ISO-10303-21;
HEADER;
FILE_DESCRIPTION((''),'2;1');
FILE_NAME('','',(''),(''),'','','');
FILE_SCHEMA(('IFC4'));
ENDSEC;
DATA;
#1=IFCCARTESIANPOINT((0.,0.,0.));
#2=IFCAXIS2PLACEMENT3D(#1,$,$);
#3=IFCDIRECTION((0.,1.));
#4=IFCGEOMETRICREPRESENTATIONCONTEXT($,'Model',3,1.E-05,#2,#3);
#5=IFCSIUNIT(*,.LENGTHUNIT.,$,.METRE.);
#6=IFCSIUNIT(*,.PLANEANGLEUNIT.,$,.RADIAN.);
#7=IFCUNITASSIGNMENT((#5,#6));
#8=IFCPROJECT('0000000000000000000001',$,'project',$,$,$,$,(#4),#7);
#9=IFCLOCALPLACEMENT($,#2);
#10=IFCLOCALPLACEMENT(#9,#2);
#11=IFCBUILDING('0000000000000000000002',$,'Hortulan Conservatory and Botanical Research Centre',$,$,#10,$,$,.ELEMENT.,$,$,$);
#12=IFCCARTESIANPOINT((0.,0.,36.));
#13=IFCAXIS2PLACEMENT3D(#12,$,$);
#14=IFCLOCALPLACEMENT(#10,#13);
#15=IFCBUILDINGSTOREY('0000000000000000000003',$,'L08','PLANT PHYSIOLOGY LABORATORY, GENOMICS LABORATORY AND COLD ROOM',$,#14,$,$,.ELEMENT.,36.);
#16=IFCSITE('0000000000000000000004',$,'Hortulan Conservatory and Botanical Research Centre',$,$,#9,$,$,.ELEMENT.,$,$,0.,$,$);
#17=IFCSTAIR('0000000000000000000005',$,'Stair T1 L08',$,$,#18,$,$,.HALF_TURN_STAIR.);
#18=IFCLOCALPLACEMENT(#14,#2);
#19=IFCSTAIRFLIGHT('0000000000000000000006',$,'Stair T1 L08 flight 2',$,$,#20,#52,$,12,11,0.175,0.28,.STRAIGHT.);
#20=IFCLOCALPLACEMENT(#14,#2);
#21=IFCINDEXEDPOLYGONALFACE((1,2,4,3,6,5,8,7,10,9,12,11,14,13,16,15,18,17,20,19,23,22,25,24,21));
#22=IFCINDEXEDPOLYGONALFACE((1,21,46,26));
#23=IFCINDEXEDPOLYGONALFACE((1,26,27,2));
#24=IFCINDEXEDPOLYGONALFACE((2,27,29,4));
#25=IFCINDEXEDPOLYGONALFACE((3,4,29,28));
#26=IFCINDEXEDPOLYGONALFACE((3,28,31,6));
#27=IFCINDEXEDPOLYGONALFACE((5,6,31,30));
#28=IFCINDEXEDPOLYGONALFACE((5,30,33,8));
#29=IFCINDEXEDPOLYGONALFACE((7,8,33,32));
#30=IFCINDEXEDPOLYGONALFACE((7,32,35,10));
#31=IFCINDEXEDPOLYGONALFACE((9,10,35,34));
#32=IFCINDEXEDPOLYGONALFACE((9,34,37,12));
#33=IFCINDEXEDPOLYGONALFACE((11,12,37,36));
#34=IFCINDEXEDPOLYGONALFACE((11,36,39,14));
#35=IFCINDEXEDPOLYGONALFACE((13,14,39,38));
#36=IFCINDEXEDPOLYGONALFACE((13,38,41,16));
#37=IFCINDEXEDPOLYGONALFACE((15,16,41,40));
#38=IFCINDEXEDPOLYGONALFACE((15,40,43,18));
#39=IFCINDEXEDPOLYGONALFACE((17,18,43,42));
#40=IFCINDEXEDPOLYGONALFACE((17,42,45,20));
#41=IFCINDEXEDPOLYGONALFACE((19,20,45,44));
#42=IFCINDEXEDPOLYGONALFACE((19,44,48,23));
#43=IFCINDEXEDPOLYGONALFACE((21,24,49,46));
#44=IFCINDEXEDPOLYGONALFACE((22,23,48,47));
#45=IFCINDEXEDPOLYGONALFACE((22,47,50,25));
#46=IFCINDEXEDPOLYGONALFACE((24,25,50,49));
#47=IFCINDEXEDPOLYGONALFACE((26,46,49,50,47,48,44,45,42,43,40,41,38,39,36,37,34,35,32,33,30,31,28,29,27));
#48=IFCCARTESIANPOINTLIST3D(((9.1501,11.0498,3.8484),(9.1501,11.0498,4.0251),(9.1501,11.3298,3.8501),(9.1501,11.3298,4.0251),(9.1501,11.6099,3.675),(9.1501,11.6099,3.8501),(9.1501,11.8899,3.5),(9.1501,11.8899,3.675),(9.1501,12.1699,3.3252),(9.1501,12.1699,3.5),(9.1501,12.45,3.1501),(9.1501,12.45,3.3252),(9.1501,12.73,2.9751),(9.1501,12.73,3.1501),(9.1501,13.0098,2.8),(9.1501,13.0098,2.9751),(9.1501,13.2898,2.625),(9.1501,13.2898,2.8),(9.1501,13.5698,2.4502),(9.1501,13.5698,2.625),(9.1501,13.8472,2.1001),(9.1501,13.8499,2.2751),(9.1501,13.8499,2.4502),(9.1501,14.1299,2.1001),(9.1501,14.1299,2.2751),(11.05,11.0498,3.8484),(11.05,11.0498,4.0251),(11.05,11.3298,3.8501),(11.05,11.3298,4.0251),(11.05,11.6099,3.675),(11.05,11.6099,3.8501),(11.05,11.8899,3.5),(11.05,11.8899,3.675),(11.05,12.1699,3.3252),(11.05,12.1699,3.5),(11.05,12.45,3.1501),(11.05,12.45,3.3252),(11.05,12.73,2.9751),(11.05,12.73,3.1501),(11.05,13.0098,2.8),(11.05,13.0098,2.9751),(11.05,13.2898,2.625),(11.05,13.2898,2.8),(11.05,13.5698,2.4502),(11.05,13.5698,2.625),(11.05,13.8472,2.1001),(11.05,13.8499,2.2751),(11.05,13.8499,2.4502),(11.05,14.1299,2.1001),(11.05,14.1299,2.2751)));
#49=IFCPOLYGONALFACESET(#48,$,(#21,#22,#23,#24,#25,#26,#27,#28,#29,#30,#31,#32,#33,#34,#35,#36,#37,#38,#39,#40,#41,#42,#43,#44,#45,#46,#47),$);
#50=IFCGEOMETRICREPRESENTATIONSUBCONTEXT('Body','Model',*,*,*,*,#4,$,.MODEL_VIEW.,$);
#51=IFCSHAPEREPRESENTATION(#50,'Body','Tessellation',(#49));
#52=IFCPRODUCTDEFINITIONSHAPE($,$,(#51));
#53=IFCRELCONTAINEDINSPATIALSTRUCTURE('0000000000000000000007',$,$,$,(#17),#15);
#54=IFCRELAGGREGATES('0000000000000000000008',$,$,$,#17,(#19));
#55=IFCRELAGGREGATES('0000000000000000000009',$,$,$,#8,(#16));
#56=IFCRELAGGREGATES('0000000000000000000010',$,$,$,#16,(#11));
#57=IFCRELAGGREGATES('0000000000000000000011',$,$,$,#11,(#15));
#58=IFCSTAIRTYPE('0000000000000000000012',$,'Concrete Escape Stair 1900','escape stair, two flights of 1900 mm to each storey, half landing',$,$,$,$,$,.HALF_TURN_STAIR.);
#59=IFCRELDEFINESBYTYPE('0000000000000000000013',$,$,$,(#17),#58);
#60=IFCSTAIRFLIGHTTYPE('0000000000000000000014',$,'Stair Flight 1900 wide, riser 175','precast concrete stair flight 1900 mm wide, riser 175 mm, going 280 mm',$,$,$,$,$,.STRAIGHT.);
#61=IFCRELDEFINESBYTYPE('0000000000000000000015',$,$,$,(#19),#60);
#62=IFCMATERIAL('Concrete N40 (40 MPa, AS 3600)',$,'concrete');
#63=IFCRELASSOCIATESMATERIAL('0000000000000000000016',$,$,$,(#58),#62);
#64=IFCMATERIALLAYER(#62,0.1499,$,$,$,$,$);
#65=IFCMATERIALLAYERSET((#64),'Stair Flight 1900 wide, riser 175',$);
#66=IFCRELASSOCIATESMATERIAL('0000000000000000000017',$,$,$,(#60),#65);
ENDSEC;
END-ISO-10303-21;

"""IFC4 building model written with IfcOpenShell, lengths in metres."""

from ifc_helpers import new_model, si_unit, direction, frame, origin, place, context, subcontext, project, spatial, polyline, outline, extrude, material, layer, layer_set, type_object, element, aggregate, save


model = new_model("IFC4")

# Units and contexts
model_context = context("Model", 3, precision=1e-05, world=origin(), true_north=direction((0.0, 1.0)))
body_context = subcontext(model_context, "Body", "Model", "MODEL_VIEW")
ifc_project = project(units=[si_unit("LENGTHUNIT", "METRE"), si_unit("PLANEANGLEUNIT", "RADIAN")], contexts=[model_context])

# Site, building, storey
site_placement = place(None, origin())
site = spatial("IfcSite", under=ifc_project, at=site_placement, Name="Hortulan Conservatory and Botanical Research Centre", CompositionType="ELEMENT", RefElevation=0.0)
building_placement = place(site_placement, origin())
building = spatial("IfcBuilding", under=site, at=building_placement, Name="Hortulan Conservatory and Botanical Research Centre", CompositionType="ELEMENT")
storey_placement = place(building_placement, frame((0.0, 0.0, 36.0)))
storey = spatial("IfcBuildingStorey", under=building, at=storey_placement, Name="L08", Description="PLANT PHYSIOLOGY LABORATORY, GENOMICS LABORATORY AND COLD ROOM", CompositionType="ELEMENT", Elevation=36.0)

# Shared definitions
ifc_material_1 = material(Name="Concrete N40 (40 MPa, AS 3600)", Category="concrete")

# Stair, stair flight
stair_type = type_object("IfcStairType", Name="Concrete Escape Stair 1900", Description="escape stair, two flights of 1900 mm to each storey, half landing", PredefinedType="HALF_TURN_STAIR", material=ifc_material_1)
stair_placement = place(storey_placement, origin())
stair = element("IfcStair", 1, at=stair_placement, inside=storey, type_object=stair_type, Name="Stair T1 L08", PredefinedType="HALF_TURN_STAIR")
ifc_layer_1 = layer(ifc_material_1, 0.1499)
ifc_layer_set_1 = layer_set([ifc_layer_1], Name="Stair Flight 1900 wide, riser 175")
stair_flight_type = type_object("IfcStairFlightType", Name="Stair Flight 1900 wide, riser 175", Description="precast concrete stair flight 1900 mm wide, riser 175 mm, going 280 mm", PredefinedType="STRAIGHT", material=ifc_layer_set_1)
stair_flight_1_placement = place(storey_placement, frame((10.1001, 14.1299, 2.1001), z_axis=(0.0, 0.0, 1.0), x_axis=(0.0, -1.0, 0.0)))
stair_flight_1 = element("IfcStairFlight", 2, at=stair_flight_1_placement, type_object=stair_flight_type, Name="Stair T1 L08 flight 2", NumberOfRisers=12, NumberOfTreads=11, PredefinedType="STRAIGHT", RiserHeight=0.175, TreadLength=0.28, context=body_context, shape_type="SweptSolid", body=[
    extrude(outline(polyline([(0.0, 0.0), (0.0, 0.175), (0.28, 0.175), (0.28, 0.3501), (0.5601, 0.3501), (0.5601, 0.5249), (0.8401, 0.5249), (0.8401, 0.7), (1.1201, 0.7), (1.1201, 0.875), (1.3999, 0.875), (1.3999, 1.05), (1.6799, 1.05), (1.6799, 1.2251), (1.96, 1.2251), (1.96, 1.3999), (2.24, 1.3999), (2.24, 1.575), (2.52, 1.575), (2.52, 1.75), (2.8, 1.75), (2.8, 1.925), (3.0801, 1.925), (3.0801, 2.1001), (3.0801, 1.7483), (0.2827, 0.0), (0.0, 0.0)])), frame((0.0, 0.95, 0.0), z_axis=(0.0, -1.0, 0.0), x_axis=(1.0, 0.0, 0.0)), (0.0, 0.0, 1.0), 1.8999),
])
aggregate(stair, [stair_flight_1])

save(model, "model.ifc")
